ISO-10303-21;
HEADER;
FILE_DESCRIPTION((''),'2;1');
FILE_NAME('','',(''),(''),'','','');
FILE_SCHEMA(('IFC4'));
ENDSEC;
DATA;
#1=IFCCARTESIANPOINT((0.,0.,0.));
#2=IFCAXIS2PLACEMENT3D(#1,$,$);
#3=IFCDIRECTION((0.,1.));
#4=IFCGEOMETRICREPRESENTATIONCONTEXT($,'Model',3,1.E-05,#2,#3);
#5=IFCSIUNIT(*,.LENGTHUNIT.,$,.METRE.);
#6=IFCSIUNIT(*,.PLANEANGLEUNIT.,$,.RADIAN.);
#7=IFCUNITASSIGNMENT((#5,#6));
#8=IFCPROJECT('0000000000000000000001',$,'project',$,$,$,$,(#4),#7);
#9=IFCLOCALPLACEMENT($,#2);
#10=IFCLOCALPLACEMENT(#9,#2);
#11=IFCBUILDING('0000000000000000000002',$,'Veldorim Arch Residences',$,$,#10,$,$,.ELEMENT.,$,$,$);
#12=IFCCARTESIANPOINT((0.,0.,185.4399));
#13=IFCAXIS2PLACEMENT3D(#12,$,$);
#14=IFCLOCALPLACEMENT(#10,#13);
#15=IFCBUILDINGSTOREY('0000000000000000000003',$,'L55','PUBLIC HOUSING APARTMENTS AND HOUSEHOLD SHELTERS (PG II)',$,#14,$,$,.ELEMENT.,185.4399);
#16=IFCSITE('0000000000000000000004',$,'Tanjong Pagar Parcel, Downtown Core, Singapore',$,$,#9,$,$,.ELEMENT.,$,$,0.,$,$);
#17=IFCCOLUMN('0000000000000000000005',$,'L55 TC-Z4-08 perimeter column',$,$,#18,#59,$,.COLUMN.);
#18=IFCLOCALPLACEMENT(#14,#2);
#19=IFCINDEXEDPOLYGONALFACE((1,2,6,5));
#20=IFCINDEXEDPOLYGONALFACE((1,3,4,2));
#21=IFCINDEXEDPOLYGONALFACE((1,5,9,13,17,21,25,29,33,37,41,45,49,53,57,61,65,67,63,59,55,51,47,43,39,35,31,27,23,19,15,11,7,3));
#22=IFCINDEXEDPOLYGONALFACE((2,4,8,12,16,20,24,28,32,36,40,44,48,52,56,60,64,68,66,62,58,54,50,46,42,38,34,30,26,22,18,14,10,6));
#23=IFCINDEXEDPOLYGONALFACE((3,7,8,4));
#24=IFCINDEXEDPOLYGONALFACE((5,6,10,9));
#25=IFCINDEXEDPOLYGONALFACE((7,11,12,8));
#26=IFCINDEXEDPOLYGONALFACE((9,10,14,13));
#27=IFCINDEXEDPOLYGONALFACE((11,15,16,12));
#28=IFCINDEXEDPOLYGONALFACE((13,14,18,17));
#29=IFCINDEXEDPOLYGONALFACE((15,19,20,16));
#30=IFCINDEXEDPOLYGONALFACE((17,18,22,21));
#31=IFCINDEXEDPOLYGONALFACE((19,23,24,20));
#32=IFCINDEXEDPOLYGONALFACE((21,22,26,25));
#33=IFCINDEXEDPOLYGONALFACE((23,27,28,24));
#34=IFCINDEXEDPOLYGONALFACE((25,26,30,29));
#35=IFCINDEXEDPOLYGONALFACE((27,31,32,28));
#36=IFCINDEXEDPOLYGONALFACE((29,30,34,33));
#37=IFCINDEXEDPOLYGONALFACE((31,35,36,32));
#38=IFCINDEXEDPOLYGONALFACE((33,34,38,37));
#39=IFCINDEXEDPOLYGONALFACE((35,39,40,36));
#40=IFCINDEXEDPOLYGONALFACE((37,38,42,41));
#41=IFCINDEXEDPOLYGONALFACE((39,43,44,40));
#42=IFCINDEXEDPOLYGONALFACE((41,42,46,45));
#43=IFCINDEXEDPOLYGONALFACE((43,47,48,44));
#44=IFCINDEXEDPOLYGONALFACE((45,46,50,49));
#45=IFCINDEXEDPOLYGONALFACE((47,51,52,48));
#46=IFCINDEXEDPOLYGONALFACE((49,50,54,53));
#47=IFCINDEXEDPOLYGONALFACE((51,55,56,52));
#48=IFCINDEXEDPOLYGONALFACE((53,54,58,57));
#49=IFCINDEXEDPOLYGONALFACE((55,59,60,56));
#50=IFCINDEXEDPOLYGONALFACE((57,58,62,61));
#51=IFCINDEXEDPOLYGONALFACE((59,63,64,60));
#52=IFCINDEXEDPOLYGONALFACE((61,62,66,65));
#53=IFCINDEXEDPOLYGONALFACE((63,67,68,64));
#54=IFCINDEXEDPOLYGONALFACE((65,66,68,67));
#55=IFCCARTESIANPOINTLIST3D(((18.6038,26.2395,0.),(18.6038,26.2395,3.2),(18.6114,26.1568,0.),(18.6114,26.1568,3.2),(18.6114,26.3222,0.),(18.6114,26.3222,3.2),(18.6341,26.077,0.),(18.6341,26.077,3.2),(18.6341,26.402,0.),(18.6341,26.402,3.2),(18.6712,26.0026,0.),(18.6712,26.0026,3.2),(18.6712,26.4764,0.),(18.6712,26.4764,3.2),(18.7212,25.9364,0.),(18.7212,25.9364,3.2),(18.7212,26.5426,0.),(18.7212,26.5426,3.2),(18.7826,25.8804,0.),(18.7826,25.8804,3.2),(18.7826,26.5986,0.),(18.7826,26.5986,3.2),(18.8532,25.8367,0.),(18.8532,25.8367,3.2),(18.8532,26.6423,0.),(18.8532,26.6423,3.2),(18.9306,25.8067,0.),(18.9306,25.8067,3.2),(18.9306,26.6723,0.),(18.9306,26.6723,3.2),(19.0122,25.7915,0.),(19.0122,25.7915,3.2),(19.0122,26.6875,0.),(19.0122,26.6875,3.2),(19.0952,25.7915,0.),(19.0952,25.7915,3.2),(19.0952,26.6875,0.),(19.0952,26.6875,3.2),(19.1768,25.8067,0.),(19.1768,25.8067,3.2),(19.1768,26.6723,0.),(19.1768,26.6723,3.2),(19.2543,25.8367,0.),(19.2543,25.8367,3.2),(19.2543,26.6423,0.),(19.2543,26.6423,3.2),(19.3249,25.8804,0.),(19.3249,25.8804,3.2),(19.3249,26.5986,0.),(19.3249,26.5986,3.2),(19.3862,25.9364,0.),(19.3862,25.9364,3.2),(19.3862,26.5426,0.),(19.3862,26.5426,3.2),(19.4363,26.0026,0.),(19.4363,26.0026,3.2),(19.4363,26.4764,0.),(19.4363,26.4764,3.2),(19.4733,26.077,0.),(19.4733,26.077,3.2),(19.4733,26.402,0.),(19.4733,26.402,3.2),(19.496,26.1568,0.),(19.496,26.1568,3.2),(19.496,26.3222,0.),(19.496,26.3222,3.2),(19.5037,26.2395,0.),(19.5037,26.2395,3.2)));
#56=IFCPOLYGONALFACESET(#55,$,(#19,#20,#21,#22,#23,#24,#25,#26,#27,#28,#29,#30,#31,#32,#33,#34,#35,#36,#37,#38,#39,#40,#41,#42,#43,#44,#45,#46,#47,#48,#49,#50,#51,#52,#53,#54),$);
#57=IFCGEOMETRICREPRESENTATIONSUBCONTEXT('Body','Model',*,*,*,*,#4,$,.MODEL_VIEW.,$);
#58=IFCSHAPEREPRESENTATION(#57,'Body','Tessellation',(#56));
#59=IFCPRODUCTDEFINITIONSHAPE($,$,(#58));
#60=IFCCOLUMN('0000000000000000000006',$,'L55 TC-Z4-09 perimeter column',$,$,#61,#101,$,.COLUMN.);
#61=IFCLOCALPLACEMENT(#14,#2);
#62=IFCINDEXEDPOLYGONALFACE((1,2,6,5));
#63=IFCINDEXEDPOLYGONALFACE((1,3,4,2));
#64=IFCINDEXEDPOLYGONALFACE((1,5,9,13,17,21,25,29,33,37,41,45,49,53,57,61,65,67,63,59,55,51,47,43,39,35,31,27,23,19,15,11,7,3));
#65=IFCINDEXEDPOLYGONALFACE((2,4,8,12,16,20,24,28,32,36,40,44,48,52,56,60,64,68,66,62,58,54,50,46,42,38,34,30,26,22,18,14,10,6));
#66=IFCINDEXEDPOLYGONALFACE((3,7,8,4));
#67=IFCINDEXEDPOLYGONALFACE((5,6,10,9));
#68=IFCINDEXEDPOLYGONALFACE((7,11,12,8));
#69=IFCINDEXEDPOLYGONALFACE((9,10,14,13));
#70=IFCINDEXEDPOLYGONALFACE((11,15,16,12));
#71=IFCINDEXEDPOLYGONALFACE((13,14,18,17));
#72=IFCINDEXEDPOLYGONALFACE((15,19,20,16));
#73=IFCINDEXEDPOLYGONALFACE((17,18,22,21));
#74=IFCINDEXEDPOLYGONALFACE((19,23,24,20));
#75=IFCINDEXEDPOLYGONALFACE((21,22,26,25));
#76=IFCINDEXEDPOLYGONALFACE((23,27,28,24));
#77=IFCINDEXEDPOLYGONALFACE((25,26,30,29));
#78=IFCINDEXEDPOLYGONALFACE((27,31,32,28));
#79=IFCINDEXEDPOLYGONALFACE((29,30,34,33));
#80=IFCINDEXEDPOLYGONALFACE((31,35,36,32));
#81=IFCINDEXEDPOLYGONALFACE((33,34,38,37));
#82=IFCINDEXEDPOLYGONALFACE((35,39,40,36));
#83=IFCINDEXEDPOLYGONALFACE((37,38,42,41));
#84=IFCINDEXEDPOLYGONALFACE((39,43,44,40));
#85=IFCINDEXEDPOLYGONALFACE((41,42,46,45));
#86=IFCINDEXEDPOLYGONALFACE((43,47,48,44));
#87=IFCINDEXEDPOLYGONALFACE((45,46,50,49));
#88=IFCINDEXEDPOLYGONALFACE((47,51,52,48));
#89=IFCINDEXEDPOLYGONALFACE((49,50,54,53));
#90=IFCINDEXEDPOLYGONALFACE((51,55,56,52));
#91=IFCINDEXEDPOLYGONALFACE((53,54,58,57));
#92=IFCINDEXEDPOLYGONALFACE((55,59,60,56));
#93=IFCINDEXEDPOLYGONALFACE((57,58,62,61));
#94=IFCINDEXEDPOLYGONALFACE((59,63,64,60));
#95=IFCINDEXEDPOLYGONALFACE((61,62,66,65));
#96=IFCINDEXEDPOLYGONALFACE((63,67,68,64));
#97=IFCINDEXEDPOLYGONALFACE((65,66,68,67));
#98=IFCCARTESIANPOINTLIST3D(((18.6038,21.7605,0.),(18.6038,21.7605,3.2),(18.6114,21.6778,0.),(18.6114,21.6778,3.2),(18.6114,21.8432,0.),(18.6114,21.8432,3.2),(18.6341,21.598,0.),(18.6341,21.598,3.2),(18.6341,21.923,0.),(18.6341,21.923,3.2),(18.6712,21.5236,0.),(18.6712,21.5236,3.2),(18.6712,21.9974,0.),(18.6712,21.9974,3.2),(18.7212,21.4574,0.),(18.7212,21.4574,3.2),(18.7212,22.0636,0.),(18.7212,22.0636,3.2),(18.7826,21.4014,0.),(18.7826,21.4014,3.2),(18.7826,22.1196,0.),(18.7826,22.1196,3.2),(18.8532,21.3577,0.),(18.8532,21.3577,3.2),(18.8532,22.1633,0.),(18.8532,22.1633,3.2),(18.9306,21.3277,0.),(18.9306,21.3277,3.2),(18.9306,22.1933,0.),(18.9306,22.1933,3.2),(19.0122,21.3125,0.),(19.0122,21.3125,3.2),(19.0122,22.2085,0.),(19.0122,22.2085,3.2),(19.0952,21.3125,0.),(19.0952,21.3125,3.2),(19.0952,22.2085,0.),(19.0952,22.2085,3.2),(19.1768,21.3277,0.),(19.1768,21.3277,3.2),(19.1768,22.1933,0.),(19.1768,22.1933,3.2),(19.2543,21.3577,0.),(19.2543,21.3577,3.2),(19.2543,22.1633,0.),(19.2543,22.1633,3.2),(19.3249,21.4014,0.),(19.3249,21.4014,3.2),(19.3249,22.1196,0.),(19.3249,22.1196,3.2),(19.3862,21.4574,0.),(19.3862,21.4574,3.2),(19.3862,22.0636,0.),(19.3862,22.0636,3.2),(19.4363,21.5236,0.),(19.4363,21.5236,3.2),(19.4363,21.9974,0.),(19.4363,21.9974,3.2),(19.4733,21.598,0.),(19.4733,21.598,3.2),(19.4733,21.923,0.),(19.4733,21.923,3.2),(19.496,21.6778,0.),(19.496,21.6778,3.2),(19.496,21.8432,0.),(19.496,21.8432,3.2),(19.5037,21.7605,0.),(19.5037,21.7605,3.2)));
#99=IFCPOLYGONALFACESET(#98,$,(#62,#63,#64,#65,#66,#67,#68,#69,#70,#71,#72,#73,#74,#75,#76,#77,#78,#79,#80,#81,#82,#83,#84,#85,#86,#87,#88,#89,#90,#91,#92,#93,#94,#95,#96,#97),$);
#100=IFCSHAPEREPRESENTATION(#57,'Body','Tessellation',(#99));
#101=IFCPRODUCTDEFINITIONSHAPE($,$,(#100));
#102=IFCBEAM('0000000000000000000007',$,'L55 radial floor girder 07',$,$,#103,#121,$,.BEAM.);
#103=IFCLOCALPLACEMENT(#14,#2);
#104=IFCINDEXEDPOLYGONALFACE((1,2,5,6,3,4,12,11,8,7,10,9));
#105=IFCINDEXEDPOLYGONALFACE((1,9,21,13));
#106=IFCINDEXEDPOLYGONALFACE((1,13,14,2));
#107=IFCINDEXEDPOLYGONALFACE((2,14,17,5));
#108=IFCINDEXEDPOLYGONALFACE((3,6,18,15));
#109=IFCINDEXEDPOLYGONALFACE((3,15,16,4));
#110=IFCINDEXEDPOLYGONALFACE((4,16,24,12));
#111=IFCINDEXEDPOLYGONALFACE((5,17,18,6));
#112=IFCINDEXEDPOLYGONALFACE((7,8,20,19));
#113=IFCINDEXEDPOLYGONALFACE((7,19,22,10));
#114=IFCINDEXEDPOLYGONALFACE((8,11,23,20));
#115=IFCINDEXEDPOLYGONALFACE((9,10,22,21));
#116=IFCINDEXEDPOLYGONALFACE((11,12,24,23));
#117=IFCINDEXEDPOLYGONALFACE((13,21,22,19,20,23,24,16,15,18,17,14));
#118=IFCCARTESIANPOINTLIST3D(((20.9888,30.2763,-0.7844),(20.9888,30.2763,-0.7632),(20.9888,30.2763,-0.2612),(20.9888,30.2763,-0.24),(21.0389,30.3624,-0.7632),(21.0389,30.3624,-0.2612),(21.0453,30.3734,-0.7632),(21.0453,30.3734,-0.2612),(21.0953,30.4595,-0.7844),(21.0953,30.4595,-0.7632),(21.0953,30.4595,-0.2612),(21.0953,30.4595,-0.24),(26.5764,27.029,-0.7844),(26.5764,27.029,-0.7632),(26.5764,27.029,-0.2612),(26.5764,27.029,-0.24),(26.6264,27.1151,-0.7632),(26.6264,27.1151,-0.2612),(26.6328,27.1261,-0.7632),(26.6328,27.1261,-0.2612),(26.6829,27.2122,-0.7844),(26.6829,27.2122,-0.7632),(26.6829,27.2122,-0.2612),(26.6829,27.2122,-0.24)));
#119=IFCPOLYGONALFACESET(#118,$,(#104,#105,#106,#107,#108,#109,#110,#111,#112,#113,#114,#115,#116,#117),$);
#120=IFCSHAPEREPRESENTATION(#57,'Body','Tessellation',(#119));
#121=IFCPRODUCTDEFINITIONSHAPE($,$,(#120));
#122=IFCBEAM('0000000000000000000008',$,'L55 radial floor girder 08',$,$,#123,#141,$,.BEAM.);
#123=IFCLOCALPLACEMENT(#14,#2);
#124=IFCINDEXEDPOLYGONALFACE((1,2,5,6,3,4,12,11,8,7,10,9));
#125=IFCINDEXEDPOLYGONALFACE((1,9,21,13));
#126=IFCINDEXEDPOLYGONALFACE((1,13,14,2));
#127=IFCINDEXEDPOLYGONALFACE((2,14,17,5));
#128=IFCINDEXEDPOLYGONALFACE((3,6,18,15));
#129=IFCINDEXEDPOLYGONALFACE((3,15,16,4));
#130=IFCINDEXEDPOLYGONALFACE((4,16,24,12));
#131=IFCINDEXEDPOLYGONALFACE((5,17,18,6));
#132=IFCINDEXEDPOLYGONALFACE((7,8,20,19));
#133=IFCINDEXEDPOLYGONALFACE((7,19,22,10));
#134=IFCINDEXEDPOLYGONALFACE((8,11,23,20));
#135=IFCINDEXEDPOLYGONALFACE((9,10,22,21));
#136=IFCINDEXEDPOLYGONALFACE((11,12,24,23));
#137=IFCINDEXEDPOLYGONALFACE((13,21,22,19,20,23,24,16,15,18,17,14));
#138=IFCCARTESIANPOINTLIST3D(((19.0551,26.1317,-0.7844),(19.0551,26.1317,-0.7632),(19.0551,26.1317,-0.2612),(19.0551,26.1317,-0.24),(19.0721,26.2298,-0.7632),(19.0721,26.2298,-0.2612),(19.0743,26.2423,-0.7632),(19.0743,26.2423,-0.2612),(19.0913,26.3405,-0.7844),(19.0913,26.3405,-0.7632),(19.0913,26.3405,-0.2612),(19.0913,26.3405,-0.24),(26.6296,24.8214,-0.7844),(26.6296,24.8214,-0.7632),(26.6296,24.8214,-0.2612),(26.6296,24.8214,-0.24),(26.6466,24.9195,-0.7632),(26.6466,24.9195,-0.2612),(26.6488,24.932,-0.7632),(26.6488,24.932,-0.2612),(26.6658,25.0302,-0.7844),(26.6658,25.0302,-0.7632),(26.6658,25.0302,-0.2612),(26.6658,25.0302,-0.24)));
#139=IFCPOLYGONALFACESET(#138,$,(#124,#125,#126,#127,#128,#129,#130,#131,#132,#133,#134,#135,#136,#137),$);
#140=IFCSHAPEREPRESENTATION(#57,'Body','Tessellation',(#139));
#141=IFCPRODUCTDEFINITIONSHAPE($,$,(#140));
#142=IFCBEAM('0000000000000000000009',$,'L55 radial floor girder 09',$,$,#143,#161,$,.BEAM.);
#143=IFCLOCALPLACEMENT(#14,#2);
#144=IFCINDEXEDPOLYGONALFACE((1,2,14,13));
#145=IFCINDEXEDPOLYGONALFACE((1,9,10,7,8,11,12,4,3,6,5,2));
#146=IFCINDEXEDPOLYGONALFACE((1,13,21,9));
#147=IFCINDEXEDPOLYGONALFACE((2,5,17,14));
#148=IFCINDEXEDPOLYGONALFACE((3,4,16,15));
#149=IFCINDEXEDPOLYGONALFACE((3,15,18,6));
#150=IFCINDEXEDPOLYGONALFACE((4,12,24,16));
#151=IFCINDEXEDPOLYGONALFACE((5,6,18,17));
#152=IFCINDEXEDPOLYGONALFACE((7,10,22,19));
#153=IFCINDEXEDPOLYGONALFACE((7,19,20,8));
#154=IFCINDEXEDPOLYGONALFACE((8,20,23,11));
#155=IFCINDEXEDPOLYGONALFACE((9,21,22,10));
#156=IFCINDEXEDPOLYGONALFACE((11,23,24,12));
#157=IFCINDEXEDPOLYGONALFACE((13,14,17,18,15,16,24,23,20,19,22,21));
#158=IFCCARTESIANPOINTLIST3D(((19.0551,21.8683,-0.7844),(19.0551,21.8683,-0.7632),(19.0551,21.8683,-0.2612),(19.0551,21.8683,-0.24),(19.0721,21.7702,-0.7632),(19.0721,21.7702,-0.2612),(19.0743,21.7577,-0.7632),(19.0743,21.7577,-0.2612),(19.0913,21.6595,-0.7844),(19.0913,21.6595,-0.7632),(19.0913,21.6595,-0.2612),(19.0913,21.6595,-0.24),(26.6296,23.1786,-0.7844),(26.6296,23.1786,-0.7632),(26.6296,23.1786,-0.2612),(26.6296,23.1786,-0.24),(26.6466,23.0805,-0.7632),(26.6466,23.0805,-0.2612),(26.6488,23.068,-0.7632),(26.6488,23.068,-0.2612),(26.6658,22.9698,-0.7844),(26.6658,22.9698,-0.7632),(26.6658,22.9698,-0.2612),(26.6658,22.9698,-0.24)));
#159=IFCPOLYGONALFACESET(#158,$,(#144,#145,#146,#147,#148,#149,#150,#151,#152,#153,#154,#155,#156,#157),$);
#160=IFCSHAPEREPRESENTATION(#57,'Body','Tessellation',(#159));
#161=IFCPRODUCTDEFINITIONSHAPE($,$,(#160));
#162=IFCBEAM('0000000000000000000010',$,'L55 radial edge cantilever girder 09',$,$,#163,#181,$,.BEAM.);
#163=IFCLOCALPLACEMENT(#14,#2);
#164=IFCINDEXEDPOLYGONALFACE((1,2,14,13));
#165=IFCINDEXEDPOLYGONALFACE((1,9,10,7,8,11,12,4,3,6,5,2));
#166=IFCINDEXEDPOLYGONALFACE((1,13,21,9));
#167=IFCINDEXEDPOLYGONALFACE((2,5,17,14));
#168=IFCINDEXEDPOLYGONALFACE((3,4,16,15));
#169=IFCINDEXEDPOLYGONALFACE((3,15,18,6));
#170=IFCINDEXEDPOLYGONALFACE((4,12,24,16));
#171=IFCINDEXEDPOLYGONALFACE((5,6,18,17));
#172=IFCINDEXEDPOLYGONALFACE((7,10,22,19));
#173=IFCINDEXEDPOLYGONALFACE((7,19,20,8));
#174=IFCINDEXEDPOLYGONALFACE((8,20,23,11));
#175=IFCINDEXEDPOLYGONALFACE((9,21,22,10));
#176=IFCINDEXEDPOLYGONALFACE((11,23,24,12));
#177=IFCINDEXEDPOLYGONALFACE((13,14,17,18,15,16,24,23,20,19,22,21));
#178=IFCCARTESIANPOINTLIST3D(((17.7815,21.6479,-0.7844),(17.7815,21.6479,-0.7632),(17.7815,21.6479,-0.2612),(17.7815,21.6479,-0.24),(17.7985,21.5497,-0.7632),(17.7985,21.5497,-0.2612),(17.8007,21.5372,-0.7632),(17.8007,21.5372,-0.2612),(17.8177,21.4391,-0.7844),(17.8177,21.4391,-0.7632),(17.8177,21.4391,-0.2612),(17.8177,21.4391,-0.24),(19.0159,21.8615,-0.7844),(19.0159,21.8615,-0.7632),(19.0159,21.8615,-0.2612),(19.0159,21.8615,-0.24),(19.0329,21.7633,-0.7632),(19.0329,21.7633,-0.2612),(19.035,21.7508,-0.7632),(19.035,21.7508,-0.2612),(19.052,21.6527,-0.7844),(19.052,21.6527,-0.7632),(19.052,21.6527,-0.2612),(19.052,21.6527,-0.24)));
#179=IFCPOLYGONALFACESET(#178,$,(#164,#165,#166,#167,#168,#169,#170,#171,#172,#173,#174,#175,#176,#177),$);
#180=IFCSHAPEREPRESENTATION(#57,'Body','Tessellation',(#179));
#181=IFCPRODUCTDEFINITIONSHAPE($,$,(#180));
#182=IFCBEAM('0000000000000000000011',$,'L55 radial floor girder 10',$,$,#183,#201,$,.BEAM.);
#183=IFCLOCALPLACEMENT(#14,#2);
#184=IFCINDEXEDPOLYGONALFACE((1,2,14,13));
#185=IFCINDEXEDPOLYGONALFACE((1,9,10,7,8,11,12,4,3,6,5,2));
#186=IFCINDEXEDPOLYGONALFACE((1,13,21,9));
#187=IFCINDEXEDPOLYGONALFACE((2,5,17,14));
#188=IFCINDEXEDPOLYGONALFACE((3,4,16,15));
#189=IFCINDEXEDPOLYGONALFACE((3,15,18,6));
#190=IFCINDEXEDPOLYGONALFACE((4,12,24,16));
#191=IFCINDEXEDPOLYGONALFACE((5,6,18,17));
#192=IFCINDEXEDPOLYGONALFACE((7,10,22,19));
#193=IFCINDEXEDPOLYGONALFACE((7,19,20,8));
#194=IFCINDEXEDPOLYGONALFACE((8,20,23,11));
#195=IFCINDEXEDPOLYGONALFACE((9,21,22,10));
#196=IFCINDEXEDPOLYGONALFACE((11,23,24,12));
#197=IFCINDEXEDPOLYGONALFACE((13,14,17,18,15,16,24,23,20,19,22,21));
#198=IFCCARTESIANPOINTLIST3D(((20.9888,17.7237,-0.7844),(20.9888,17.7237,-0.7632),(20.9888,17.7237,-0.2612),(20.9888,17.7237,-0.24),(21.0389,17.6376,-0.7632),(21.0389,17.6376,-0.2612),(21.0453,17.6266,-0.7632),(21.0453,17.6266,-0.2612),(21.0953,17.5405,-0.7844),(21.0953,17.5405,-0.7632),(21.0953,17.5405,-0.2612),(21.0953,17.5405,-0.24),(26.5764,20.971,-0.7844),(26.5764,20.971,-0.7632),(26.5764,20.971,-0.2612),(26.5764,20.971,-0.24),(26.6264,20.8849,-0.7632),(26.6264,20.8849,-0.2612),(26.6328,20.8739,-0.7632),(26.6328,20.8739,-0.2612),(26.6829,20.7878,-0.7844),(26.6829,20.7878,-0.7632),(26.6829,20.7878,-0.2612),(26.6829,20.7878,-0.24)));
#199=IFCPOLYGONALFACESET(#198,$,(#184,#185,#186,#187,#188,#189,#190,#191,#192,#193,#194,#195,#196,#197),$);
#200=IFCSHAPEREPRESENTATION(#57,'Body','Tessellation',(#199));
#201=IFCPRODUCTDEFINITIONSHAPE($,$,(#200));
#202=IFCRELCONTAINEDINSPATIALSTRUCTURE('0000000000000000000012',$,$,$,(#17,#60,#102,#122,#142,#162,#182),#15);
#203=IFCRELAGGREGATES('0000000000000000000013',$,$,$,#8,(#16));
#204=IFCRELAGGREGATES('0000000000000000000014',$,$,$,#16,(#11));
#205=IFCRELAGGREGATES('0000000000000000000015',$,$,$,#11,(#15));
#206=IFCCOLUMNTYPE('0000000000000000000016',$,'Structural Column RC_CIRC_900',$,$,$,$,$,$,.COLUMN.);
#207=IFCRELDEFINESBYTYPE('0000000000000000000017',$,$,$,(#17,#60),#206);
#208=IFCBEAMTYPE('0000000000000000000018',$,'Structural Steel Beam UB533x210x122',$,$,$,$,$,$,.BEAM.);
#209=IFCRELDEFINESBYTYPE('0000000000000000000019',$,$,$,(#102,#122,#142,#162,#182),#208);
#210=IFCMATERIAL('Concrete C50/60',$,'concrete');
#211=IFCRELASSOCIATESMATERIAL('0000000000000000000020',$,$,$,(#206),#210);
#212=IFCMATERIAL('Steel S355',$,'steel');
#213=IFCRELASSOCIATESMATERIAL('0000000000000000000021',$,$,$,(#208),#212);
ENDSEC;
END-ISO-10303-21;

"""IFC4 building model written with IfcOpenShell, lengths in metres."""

from ifc_helpers import new_model, si_unit, direction, frame, origin, origin_2d, place, context, subcontext, project, spatial, circle, i_section, extrude, material, material_profile, profile_set, type_object, element, save


model = new_model("IFC4")

# Units and contexts
model_context = context("Model", 3, precision=1e-05, world=origin(), true_north=direction((0.0, 1.0)))
body_context = subcontext(model_context, "Body", "Model", "MODEL_VIEW")
ifc_project = project(units=[si_unit("LENGTHUNIT", "METRE"), si_unit("PLANEANGLEUNIT", "RADIAN")], contexts=[model_context])

# Site, building, storey
site_placement = place(None, origin())
site = spatial("IfcSite", under=ifc_project, at=site_placement, Name="Tanjong Pagar Parcel, Downtown Core, Singapore", CompositionType="ELEMENT", RefElevation=0.0)
building_placement = place(site_placement, origin())
building = spatial("IfcBuilding", under=site, at=building_placement, Name="Veldorim Arch Residences", CompositionType="ELEMENT")
storey_placement = place(building_placement, frame((0.0, 0.0, 185.4399)))
storey = spatial("IfcBuildingStorey", under=building, at=storey_placement, Name="L55", Description="PUBLIC HOUSING APARTMENTS AND HOUSEHOLD SHELTERS (PG II)", CompositionType="ELEMENT", Elevation=185.4399)

# Columns
ifc_material_1 = material(Name="Concrete C50/60", Category="concrete")
ifc_material_profile_1 = material_profile(ifc_material_1, circle(Radius=0.45, at=origin_2d()), Name="RC_CIRC_900")
ifc_profile_set_1 = profile_set([ifc_material_profile_1], Name="Concrete C50/60")
column_type = type_object("IfcColumnType", Name="Structural Column RC_CIRC_900", PredefinedType="COLUMN", material=ifc_profile_set_1)
for number, where, z_axis, x_axis, name in (
    (1, (19.0537, 26.2395, 0.0), (0.0, 0.0, 1.0), (1.0, 0.0, 0.0), "L55 TC-Z4-08 perimeter column"),
    (2, (19.0537, 21.7605, 0.0), (0.0, 0.0, 1.0), (1.0, 0.0, 0.0), "L55 TC-Z4-09 perimeter column"),
):
    element("IfcColumn", number, at=place(storey_placement, frame(where, z_axis=z_axis, x_axis=x_axis)), inside=storey, type_object=column_type, Name=name, PredefinedType="COLUMN", context=body_context, shape_type="SweptSolid", body=[
        extrude(circle(Radius=0.45, at=origin_2d()), origin(), (0.0, 0.0, 1.0), 3.2),
    ])

# Beams
ifc_material_2 = material(Name="Steel S355", Category="steel")
ifc_material_profile_2 = material_profile(ifc_material_2, i_section(OverallWidth=0.2119, OverallDepth=0.5444, WebThickness=0.0127, FlangeThickness=0.0212, at=origin_2d()), Name="UB533x210x122")
ifc_profile_set_2 = profile_set([ifc_material_profile_2], Name="Steel S355")
beam_type_1 = type_object("IfcBeamType", Name="Structural Steel Beam UB533x210x122", PredefinedType="BEAM", material=ifc_profile_set_2)
beam_1_placement = place(storey_placement, frame((26.6296, 27.1206, -0.5122), z_axis=(-0.864596, 0.502468, 0.0), x_axis=(-0.502468, -0.864596, 0.0)))
element("IfcBeam", 3, at=beam_1_placement, inside=storey, type_object=beam_type_1, Name="L55 radial floor girder 07", PredefinedType="BEAM", context=body_context, shape_type="SweptSolid", body=[
    extrude(i_section(OverallWidth=0.2119, OverallDepth=0.5444, WebThickness=0.0127, FlangeThickness=0.0212, at=origin_2d()), origin(), (0.0, 0.0, 1.0), 6.4626),
])
for number, where, z_axis, x_axis, name in (
    (4, (26.6477, 24.9258, -0.5122), (-0.985365, 0.170458, 0.0), (-0.170458, -0.985365, 0.0), "L55 radial floor girder 08"),
    (5, (26.6477, 23.0742, -0.5122), (-0.985365, -0.170458, 0.0), (0.170458, -0.985365, 0.0), "L55 radial floor girder 09"),
):
    element("IfcBeam", number, at=place(storey_placement, frame(where, z_axis=z_axis, x_axis=x_axis)), inside=storey, type_object=beam_type_1, Name=name, PredefinedType="BEAM", context=body_context, shape_type="SweptSolid", body=[
        extrude(i_section(OverallWidth=0.2119, OverallDepth=0.5444, WebThickness=0.0127, FlangeThickness=0.0212, at=origin_2d()), origin(), (0.0, 0.0, 1.0), 7.687),
    ])
beam_2_placement = place(storey_placement, frame((19.0339, 21.7571, -0.5122), z_axis=(-0.985353, -0.170527, 0.0), x_axis=(0.170527, -0.985353, 0.0)))
element("IfcBeam", 6, at=beam_2_placement, inside=storey, type_object=beam_type_1, Name="L55 radial edge cantilever girder 09", PredefinedType="BEAM", context=body_context, shape_type="SweptSolid", body=[
    extrude(i_section(OverallWidth=0.2119, OverallDepth=0.5444, WebThickness=0.0127, FlangeThickness=0.0212, at=origin_2d()), origin(), (0.0, 0.0, 1.0), 1.2527),
])
beam_3_placement = place(storey_placement, frame((26.6296, 20.8794, -0.5122), z_axis=(-0.864596, -0.502468, 0.0), x_axis=(0.502468, -0.864596, 0.0)))
element("IfcBeam", 7, at=beam_3_placement, inside=storey, type_object=beam_type_1, Name="L55 radial floor girder 10", PredefinedType="BEAM", context=body_context, shape_type="SweptSolid", body=[
    extrude(i_section(OverallWidth=0.2119, OverallDepth=0.5444, WebThickness=0.0127, FlangeThickness=0.0212, at=origin_2d()), origin(), (0.0, 0.0, 1.0), 6.4626),
])

save(model, "model.ifc")
